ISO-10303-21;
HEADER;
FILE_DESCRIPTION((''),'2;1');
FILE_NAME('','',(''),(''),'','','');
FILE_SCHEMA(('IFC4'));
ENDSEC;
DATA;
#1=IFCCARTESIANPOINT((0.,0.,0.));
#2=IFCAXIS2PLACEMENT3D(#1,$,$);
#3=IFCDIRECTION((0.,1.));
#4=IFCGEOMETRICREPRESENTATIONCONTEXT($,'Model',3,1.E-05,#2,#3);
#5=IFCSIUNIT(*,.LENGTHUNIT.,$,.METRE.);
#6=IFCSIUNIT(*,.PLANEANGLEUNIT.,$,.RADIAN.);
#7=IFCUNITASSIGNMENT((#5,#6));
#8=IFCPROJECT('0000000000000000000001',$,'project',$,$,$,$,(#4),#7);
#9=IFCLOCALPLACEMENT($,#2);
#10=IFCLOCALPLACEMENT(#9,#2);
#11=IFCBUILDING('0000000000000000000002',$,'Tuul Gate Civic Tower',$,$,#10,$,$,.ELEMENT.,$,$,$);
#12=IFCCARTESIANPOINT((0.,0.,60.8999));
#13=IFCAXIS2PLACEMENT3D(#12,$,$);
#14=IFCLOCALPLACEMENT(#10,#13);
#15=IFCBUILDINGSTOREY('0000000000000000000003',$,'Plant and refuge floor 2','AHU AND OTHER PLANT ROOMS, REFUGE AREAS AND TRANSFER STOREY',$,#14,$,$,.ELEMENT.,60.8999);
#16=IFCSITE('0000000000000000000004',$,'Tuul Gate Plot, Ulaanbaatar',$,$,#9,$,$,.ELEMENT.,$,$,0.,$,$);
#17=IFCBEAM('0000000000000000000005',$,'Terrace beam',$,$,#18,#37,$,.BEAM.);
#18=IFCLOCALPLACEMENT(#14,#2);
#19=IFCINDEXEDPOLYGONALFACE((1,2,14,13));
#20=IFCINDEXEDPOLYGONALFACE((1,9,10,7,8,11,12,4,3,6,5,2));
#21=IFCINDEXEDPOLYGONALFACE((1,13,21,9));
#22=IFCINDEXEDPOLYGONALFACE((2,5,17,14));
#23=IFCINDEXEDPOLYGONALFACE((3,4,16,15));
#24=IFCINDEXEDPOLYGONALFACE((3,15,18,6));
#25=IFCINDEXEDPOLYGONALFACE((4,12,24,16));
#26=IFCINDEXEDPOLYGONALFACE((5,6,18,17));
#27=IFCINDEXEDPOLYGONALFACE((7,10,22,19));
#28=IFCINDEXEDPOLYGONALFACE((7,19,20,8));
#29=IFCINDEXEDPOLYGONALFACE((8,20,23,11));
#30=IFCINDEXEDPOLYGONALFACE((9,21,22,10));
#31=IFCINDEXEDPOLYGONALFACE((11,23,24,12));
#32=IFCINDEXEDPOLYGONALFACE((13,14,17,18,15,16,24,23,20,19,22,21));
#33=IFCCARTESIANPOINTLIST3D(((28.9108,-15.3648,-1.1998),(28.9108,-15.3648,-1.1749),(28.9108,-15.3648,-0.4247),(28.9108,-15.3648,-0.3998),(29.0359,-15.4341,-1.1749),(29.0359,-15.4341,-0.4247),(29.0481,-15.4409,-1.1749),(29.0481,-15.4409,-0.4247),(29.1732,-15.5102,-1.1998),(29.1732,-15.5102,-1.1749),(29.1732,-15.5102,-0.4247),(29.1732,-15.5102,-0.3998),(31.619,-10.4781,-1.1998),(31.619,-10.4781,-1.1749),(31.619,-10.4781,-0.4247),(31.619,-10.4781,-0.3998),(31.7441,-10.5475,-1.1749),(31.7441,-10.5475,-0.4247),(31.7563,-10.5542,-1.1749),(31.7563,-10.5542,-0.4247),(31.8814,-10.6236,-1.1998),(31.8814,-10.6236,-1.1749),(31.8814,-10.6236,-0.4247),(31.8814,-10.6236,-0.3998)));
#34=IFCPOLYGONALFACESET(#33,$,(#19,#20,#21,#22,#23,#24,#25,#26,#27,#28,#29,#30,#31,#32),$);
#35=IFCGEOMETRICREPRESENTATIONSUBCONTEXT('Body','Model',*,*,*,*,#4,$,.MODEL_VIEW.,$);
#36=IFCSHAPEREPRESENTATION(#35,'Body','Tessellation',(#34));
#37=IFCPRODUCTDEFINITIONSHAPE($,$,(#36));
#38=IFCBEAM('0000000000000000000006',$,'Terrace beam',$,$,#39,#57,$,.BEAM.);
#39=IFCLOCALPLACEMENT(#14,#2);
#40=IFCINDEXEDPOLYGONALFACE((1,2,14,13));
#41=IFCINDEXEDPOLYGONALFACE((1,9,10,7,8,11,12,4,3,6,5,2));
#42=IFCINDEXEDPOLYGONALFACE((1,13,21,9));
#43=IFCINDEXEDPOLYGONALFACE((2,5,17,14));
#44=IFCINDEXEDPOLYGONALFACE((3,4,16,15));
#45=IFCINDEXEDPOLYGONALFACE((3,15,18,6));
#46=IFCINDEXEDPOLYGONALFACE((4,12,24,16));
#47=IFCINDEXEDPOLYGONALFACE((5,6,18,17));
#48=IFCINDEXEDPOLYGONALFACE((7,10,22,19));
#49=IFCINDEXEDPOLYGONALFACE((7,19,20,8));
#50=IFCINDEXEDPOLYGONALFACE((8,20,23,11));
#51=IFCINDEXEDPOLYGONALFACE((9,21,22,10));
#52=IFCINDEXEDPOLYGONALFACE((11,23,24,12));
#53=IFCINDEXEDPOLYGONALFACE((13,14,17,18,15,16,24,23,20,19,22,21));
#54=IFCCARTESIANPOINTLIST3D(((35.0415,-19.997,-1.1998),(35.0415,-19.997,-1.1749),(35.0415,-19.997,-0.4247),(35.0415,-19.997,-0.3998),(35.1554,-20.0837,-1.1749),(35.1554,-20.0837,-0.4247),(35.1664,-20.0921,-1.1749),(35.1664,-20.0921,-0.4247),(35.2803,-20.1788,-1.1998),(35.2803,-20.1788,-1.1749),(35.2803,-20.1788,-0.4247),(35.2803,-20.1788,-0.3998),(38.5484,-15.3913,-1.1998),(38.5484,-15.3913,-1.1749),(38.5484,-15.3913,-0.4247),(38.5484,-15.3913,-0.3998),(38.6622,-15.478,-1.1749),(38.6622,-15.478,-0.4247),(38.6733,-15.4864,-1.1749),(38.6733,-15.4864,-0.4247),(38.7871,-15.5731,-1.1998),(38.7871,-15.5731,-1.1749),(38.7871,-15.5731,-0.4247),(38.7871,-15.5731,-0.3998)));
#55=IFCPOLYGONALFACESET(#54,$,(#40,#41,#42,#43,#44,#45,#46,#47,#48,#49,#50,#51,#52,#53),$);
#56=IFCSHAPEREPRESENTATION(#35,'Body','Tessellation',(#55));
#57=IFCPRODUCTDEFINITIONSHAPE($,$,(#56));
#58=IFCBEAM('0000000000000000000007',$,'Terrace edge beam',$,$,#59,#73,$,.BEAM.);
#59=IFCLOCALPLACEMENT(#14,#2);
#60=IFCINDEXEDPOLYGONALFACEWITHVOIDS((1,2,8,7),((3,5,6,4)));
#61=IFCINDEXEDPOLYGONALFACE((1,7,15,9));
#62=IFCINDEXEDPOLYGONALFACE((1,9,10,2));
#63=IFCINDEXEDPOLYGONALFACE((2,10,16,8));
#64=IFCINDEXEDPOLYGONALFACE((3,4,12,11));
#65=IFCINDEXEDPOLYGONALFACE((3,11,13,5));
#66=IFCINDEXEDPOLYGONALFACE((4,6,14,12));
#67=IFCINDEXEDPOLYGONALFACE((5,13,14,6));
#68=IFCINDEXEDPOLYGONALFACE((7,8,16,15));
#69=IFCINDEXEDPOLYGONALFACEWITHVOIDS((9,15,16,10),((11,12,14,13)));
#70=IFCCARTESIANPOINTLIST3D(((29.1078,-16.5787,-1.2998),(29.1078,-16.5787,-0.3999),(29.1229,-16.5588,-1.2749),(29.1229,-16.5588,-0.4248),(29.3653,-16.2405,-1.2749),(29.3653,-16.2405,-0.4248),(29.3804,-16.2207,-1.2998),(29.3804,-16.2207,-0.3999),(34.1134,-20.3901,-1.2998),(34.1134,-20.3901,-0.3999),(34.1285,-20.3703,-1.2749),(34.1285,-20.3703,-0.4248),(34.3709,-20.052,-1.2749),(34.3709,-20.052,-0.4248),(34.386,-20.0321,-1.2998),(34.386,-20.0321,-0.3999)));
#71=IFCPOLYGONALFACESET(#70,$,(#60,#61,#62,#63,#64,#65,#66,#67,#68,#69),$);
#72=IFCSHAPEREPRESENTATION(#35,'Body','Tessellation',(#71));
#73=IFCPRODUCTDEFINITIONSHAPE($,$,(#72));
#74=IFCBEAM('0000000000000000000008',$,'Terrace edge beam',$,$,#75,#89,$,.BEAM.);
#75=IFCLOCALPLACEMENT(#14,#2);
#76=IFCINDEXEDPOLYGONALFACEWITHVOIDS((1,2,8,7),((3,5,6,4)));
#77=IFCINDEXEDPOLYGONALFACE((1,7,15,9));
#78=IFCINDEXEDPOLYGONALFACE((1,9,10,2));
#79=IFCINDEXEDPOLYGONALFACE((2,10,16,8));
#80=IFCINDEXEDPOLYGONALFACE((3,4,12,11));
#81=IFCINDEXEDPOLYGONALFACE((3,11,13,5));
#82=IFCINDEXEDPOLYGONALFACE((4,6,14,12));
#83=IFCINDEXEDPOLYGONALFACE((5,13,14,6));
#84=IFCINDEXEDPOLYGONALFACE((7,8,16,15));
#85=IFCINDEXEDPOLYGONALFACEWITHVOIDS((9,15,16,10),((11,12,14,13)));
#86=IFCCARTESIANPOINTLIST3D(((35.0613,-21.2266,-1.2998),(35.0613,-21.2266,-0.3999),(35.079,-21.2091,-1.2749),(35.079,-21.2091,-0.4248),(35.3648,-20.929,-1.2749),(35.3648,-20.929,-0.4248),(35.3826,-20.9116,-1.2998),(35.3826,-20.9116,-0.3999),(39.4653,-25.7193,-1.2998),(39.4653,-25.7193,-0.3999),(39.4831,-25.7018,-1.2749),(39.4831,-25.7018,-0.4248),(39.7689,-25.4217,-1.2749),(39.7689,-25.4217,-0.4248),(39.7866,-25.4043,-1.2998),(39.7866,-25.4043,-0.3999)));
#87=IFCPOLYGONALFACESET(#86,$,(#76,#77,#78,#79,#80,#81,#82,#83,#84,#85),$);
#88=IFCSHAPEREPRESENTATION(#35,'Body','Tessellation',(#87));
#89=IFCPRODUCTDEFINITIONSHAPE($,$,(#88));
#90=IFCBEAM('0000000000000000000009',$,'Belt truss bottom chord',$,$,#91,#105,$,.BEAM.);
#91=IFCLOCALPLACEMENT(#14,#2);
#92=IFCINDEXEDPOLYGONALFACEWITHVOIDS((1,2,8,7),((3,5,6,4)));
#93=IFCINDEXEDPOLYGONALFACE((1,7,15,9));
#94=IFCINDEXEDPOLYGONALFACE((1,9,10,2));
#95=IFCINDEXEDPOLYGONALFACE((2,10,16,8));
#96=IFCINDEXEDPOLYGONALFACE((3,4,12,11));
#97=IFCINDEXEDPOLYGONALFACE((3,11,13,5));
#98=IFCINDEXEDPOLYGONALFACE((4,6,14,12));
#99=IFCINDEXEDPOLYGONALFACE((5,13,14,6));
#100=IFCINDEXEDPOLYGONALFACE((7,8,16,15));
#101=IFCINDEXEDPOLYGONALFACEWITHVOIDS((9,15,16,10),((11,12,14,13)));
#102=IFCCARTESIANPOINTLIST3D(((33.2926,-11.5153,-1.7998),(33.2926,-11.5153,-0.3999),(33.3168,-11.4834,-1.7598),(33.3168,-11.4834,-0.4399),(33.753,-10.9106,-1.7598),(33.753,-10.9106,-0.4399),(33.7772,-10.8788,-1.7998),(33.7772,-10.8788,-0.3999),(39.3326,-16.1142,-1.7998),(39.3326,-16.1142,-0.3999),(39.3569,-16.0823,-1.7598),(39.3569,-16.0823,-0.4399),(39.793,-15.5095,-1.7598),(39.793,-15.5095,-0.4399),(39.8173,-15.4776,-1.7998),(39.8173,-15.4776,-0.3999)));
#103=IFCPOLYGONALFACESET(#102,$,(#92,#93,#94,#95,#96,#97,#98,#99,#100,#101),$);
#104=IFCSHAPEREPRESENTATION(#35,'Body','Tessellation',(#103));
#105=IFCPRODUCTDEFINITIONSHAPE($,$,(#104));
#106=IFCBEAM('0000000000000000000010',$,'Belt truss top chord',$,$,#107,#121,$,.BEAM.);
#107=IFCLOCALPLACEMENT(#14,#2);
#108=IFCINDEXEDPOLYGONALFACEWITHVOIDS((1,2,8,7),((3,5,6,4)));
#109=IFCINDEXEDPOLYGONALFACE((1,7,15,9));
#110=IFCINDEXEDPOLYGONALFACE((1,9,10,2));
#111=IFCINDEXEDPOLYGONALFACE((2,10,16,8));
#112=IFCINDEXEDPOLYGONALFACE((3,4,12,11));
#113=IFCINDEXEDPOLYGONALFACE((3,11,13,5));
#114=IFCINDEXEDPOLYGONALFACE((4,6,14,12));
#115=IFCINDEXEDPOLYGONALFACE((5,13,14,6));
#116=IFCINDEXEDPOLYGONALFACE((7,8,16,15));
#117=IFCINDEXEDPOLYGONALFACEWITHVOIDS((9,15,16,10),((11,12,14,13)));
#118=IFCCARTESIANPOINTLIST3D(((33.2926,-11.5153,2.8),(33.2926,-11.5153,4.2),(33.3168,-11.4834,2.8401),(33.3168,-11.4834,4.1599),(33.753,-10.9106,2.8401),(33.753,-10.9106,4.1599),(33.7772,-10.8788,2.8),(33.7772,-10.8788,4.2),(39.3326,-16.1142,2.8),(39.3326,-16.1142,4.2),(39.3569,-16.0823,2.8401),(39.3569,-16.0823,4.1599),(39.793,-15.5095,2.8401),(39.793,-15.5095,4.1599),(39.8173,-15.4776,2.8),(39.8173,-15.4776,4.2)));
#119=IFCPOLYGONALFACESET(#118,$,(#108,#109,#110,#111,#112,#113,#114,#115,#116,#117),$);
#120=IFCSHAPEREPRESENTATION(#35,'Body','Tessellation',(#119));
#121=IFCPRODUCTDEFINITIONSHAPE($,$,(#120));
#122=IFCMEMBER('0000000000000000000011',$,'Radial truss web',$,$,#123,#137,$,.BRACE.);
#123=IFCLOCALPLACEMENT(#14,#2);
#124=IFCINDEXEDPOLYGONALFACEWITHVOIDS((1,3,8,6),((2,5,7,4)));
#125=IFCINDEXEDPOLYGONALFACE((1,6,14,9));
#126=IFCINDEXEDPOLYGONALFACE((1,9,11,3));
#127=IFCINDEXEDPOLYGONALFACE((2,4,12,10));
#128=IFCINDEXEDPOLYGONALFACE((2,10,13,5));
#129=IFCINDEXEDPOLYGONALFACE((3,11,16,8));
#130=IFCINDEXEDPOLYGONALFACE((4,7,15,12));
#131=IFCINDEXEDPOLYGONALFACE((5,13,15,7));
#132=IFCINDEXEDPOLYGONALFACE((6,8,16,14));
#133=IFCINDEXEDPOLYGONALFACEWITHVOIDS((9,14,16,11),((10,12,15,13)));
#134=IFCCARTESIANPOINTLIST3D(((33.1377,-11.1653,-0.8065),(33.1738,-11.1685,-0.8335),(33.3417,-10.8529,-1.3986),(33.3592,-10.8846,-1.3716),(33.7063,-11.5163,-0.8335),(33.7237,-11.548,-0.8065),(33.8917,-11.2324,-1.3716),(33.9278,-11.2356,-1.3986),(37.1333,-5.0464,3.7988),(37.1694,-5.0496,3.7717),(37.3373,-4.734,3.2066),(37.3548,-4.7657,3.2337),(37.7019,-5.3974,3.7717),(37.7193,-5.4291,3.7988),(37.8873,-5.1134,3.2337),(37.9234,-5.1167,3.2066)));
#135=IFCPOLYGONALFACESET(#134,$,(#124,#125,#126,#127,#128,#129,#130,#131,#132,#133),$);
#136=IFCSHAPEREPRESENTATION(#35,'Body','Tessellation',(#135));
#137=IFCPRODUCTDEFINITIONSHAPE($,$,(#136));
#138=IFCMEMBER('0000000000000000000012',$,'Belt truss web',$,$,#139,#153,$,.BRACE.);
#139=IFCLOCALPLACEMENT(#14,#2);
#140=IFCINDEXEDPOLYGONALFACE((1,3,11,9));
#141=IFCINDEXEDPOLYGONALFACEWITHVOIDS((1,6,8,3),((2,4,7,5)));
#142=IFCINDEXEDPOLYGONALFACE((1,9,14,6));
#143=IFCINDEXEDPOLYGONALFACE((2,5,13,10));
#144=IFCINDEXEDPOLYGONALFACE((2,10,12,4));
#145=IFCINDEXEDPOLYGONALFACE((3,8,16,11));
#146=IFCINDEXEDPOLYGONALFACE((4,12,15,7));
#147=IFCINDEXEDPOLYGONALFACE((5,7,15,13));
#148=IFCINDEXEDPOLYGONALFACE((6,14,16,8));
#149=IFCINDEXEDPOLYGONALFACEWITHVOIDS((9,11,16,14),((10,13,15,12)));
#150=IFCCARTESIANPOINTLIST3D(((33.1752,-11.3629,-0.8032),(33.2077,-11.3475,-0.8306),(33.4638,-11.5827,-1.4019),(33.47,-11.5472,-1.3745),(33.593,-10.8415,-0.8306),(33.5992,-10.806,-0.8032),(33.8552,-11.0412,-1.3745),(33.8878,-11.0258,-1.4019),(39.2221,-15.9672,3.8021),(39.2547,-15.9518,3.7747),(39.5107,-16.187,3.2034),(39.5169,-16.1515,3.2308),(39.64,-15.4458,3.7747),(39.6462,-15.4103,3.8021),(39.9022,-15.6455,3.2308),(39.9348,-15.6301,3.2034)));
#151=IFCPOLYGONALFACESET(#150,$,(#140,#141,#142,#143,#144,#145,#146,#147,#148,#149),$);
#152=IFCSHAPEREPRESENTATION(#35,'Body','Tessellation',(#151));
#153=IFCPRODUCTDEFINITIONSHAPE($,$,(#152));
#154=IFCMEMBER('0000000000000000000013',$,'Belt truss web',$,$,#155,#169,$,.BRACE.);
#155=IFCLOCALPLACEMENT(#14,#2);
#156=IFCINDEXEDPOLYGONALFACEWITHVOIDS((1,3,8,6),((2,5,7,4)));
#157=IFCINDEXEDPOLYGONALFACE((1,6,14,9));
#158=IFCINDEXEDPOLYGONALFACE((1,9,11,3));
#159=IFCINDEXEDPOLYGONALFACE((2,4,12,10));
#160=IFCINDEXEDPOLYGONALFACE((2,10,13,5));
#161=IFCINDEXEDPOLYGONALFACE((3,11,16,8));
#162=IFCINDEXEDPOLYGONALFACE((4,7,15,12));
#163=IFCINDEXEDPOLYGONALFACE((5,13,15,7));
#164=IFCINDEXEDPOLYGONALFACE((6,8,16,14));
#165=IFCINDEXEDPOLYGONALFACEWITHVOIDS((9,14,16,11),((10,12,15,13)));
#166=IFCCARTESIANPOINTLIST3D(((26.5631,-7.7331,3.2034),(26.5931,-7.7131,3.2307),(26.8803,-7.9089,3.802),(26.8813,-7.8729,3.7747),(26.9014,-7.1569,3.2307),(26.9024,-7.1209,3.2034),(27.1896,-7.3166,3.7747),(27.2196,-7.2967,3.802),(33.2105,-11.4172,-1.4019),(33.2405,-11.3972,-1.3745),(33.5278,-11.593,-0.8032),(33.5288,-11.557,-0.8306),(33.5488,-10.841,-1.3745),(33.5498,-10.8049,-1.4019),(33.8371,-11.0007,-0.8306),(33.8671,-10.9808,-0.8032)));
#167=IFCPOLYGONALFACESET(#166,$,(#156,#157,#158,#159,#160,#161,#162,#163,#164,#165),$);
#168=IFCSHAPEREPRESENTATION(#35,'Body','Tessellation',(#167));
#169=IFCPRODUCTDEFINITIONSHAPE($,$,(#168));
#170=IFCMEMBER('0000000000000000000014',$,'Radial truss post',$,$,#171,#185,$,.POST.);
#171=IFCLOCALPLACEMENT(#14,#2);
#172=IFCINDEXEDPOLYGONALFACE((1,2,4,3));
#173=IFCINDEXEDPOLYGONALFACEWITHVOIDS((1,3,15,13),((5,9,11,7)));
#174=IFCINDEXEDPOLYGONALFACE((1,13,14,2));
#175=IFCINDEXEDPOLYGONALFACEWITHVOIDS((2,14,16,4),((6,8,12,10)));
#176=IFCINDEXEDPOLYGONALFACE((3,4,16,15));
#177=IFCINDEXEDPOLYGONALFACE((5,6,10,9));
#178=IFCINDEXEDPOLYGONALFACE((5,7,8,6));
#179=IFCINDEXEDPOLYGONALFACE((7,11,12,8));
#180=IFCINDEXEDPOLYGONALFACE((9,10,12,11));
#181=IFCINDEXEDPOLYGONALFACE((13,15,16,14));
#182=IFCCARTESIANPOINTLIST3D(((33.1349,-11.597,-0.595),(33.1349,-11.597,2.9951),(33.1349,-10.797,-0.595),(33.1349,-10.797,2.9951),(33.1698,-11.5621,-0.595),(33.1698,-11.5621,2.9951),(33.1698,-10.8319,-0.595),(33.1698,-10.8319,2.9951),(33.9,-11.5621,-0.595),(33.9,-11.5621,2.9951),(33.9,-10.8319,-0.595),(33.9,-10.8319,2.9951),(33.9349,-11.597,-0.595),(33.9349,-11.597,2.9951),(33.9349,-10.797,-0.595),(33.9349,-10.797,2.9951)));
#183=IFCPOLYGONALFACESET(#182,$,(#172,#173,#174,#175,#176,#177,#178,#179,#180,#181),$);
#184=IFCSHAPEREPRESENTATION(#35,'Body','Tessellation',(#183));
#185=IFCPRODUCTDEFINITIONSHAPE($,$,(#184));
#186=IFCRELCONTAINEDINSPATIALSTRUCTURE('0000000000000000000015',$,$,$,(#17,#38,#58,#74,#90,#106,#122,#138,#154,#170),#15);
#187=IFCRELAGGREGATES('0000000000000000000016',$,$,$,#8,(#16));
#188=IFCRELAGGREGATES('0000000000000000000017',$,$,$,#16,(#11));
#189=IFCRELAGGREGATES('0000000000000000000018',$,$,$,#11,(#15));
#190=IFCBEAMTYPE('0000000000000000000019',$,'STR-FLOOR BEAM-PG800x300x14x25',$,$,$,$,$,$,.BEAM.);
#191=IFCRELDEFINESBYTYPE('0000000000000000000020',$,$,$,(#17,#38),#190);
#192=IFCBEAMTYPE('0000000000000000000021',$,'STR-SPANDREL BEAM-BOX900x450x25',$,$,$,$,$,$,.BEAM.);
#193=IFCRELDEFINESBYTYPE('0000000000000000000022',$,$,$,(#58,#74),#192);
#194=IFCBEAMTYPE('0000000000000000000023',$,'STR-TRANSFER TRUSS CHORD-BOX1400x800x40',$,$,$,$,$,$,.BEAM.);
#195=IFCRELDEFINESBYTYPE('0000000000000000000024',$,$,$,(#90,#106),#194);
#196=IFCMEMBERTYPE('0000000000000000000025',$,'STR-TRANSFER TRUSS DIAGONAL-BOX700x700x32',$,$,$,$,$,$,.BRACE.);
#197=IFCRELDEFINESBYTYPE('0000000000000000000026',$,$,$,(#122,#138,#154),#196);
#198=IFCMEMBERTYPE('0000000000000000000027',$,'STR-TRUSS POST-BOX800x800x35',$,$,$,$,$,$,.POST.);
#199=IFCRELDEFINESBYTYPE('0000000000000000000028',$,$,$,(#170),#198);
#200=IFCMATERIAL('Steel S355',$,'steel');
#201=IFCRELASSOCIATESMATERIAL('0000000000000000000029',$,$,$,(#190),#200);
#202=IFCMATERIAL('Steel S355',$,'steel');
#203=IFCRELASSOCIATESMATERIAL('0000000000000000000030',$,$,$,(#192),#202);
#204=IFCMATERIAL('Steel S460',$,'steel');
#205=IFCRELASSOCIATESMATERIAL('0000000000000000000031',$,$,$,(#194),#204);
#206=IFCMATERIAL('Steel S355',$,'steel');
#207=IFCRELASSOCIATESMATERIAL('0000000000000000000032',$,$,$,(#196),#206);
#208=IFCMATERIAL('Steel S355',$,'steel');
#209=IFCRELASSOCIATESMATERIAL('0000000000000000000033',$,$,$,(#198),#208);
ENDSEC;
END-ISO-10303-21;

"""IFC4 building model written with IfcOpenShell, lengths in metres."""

from ifc_helpers import new_model, si_unit, direction, frame, origin, origin_2d, place, context, subcontext, project, spatial, hollow_rectangle, i_section, extrude, material, material_profile, profile_set, type_object, element, save


model = new_model("IFC4")

# Units and contexts
model_context = context("Model", 3, precision=1e-05, world=origin(), true_north=direction((0.0, 1.0)))
body_context = subcontext(model_context, "Body", "Model", "MODEL_VIEW")
ifc_project = project(units=[si_unit("LENGTHUNIT", "METRE"), si_unit("PLANEANGLEUNIT", "RADIAN")], contexts=[model_context])

# Site, building, storey
site_placement = place(None, origin())
site = spatial("IfcSite", under=ifc_project, at=site_placement, Name="Tuul Gate Plot, Ulaanbaatar", CompositionType="ELEMENT", RefElevation=0.0)
building_placement = place(site_placement, origin())
building = spatial("IfcBuilding", under=site, at=building_placement, Name="Tuul Gate Civic Tower", CompositionType="ELEMENT")
storey_placement = place(building_placement, frame((0.0, 0.0, 60.8999)))
storey = spatial("IfcBuildingStorey", under=building, at=storey_placement, Name="Plant and refuge floor 2", Description="AHU AND OTHER PLANT ROOMS, REFUGE AREAS AND TRANSFER STOREY", CompositionType="ELEMENT", Elevation=60.8999)

# Beams
ifc_material_1 = material(Name="Steel S355", Category="steel")
ifc_material_profile_1 = material_profile(ifc_material_1, i_section(OverallWidth=0.3, OverallDepth=0.8, WebThickness=0.0139, FlangeThickness=0.0249, at=origin_2d()), Name="PG800x300x14x25")
ifc_profile_set_1 = profile_set([ifc_material_profile_1], Name="Steel S355")
beam_type_1 = type_object("IfcBeamType", Name="STR-FLOOR BEAM-PG800x300x14x25", PredefinedType="BEAM", material=ifc_profile_set_1)
beam_1_placement = place(storey_placement, frame((29.042, -15.4375, -0.7998), z_axis=(0.484741, 0.874658, 0.0), x_axis=(-0.874658, 0.484741, 0.0)))
element("IfcBeam", 1, at=beam_1_placement, inside=storey, type_object=beam_type_1, Name="Terrace beam", PredefinedType="BEAM", context=body_context, shape_type="SweptSolid", body=[
    extrude(i_section(OverallWidth=0.3, OverallDepth=0.8, WebThickness=0.0139, FlangeThickness=0.0249, at=origin_2d()), origin(), (0.0, 0.0, 1.0), 5.5869),
])
beam_2_placement = place(storey_placement, frame((35.1609, -20.0879, -0.7998), z_axis=(0.605794, 0.795621, 0.0), x_axis=(-0.795621, 0.605794, 0.0)))
element("IfcBeam", 2, at=beam_2_placement, inside=storey, type_object=beam_type_1, Name="Terrace beam", PredefinedType="BEAM", context=body_context, shape_type="SweptSolid", body=[
    extrude(i_section(OverallWidth=0.3, OverallDepth=0.8, WebThickness=0.0139, FlangeThickness=0.0249, at=origin_2d()), origin(), (0.0, 0.0, 1.0), 5.7888),
])
ifc_material_2 = material(Name="Steel S355", Category="steel")
ifc_material_profile_2 = material_profile(ifc_material_2, hollow_rectangle(XDim=0.45, YDim=0.8999, WallThickness=0.0249, at=origin_2d()), Name="BOX900x450x25")
ifc_profile_set_2 = profile_set([ifc_material_profile_2], Name="Steel S355")
beam_type_2 = type_object("IfcBeamType", Name="STR-SPANDREL BEAM-BOX900x450x25", PredefinedType="BEAM", material=ifc_profile_set_2)
beam_3_placement = place(storey_placement, frame((29.2441, -16.3997, -0.8499), z_axis=(0.795606, -0.605814, 0.0), x_axis=(0.605814, 0.795606, 0.0)))
element("IfcBeam", 3, at=beam_3_placement, inside=storey, type_object=beam_type_2, Name="Terrace edge beam", PredefinedType="BEAM", context=body_context, shape_type="SweptSolid", body=[
    extrude(hollow_rectangle(XDim=0.45, YDim=0.8999, WallThickness=0.0249, at=origin_2d()), origin(), (0.0, 0.0, 1.0), 6.2915),
])
beam_4_placement = place(storey_placement, frame((35.2219, -21.0691, -0.8499), z_axis=(0.700028, -0.714115, 0.0), x_axis=(0.714115, 0.700028, 0.0)))
element("IfcBeam", 4, at=beam_4_placement, inside=storey, type_object=beam_type_2, Name="Terrace edge beam", PredefinedType="BEAM", context=body_context, shape_type="SweptSolid", body=[
    extrude(hollow_rectangle(XDim=0.45, YDim=0.8999, WallThickness=0.0249, at=origin_2d()), origin(), (0.0, 0.0, 1.0), 6.2913),
])
ifc_material_3 = material(Name="Steel S460", Category="steel")
ifc_material_profile_3 = material_profile(ifc_material_3, hollow_rectangle(XDim=0.8, YDim=1.3999, WallThickness=0.04, at=origin_2d()), Name="BOX1400x800x40")
ifc_profile_set_3 = profile_set([ifc_material_profile_3], Name="Steel S460")
beam_type_3 = type_object("IfcBeamType", Name="STR-TRANSFER TRUSS CHORD-BOX1400x800x40", PredefinedType="BEAM", material=ifc_profile_set_3)
for number, where, z_axis, x_axis, name in (
    (5, (33.5349, -11.197, -1.0999), (0.795626, -0.605788, 0.0), (0.605788, 0.795626, 0.0), "Belt truss bottom chord"),
    (6, (33.5349, -11.197, 3.5), (0.795626, -0.605788, 0.0), (0.605788, 0.795626, 0.0), "Belt truss top chord"),
):
    element("IfcBeam", number, at=place(storey_placement, frame(where, z_axis=z_axis, x_axis=x_axis)), inside=storey, type_object=beam_type_3, Name=name, PredefinedType="BEAM", context=body_context, shape_type="SweptSolid", body=[
        extrude(hollow_rectangle(XDim=0.8, YDim=1.3999, WallThickness=0.04, at=origin_2d()), origin(), (0.0, 0.0, 1.0), 7.5916),
    ])

# Members
ifc_material_4 = material(Name="Steel S355", Category="steel")
ifc_material_profile_4 = material_profile(ifc_material_4, hollow_rectangle(XDim=0.7, YDim=0.7, WallThickness=0.032, at=origin_2d()), Name="BOX700x700x32")
ifc_profile_set_4 = profile_set([ifc_material_profile_4], Name="Steel S355")
member_type_1 = type_object("IfcMemberType", Name="STR-TRANSFER TRUSS DIAGONAL-BOX700x700x32", PredefinedType="BRACE", material=ifc_profile_set_4)
member_1_placement = place(storey_placement, frame((33.5327, -11.2004, -1.1025), z_axis=(0.462565, 0.708375, 0.53314), x_axis=(-0.837296, 0.54675, 0.0)))
element("IfcMember", 7, at=member_1_placement, inside=storey, type_object=member_type_1, Name="Radial truss web", PredefinedType="BRACE", context=body_context, shape_type="SweptSolid", body=[
    extrude(hollow_rectangle(XDim=0.7, YDim=0.7, WallThickness=0.032, at=origin_2d()), origin(), (0.0, 0.0, 1.0), 8.6379),
])
member_2_placement = place(storey_placement, frame((33.5315, -11.1943, -1.1025), z_axis=(0.680448, -0.518111, 0.51822), x_axis=(0.605802, 0.795615, 0.0)))
element("IfcMember", 8, at=member_2_placement, inside=storey, type_object=member_type_1, Name="Belt truss web", PredefinedType="BRACE", context=body_context, shape_type="SweptSolid", body=[
    extrude(hollow_rectangle(XDim=0.7, YDim=0.7, WallThickness=0.032, at=origin_2d()), origin(), (0.0, 0.0, 1.0), 8.8867),
])
member_3_placement = place(storey_placement, frame((33.5388, -11.199, -1.1025), z_axis=(-0.748043, 0.414572, 0.518229), x_axis=(-0.484743, -0.874657, 0.0)))
element("IfcMember", 9, at=member_3_placement, inside=storey, type_object=member_type_1, Name="Belt truss web", PredefinedType="BRACE", context=body_context, shape_type="SweptSolid", body=[
    extrude(hollow_rectangle(XDim=0.7, YDim=0.7, WallThickness=0.032, at=origin_2d()), origin(), (0.0, 0.0, 1.0), 8.8865),
])
ifc_material_5 = material(Name="Steel S355", Category="steel")
ifc_material_profile_5 = material_profile(ifc_material_5, hollow_rectangle(XDim=0.8, YDim=0.8, WallThickness=0.0349, at=origin_2d()), Name="BOX800x800x35")
ifc_profile_set_5 = profile_set([ifc_material_profile_5], Name="Steel S355")
member_type_2 = type_object("IfcMemberType", Name="STR-TRUSS POST-BOX800x800x35", PredefinedType="POST", material=ifc_profile_set_5)
member_4_placement = place(storey_placement, frame((33.5349, -11.197, -0.595), z_axis=(0.0, 0.0, 1.0), x_axis=(1.0, 0.0, 0.0)))
element("IfcMember", 10, at=member_4_placement, inside=storey, type_object=member_type_2, Name="Radial truss post", PredefinedType="POST", context=body_context, shape_type="SweptSolid", body=[
    extrude(hollow_rectangle(XDim=0.8, YDim=0.8, WallThickness=0.0349, at=origin_2d()), origin(), (0.0, 0.0, 1.0), 3.5901),
])

save(model, "model.ifc")
